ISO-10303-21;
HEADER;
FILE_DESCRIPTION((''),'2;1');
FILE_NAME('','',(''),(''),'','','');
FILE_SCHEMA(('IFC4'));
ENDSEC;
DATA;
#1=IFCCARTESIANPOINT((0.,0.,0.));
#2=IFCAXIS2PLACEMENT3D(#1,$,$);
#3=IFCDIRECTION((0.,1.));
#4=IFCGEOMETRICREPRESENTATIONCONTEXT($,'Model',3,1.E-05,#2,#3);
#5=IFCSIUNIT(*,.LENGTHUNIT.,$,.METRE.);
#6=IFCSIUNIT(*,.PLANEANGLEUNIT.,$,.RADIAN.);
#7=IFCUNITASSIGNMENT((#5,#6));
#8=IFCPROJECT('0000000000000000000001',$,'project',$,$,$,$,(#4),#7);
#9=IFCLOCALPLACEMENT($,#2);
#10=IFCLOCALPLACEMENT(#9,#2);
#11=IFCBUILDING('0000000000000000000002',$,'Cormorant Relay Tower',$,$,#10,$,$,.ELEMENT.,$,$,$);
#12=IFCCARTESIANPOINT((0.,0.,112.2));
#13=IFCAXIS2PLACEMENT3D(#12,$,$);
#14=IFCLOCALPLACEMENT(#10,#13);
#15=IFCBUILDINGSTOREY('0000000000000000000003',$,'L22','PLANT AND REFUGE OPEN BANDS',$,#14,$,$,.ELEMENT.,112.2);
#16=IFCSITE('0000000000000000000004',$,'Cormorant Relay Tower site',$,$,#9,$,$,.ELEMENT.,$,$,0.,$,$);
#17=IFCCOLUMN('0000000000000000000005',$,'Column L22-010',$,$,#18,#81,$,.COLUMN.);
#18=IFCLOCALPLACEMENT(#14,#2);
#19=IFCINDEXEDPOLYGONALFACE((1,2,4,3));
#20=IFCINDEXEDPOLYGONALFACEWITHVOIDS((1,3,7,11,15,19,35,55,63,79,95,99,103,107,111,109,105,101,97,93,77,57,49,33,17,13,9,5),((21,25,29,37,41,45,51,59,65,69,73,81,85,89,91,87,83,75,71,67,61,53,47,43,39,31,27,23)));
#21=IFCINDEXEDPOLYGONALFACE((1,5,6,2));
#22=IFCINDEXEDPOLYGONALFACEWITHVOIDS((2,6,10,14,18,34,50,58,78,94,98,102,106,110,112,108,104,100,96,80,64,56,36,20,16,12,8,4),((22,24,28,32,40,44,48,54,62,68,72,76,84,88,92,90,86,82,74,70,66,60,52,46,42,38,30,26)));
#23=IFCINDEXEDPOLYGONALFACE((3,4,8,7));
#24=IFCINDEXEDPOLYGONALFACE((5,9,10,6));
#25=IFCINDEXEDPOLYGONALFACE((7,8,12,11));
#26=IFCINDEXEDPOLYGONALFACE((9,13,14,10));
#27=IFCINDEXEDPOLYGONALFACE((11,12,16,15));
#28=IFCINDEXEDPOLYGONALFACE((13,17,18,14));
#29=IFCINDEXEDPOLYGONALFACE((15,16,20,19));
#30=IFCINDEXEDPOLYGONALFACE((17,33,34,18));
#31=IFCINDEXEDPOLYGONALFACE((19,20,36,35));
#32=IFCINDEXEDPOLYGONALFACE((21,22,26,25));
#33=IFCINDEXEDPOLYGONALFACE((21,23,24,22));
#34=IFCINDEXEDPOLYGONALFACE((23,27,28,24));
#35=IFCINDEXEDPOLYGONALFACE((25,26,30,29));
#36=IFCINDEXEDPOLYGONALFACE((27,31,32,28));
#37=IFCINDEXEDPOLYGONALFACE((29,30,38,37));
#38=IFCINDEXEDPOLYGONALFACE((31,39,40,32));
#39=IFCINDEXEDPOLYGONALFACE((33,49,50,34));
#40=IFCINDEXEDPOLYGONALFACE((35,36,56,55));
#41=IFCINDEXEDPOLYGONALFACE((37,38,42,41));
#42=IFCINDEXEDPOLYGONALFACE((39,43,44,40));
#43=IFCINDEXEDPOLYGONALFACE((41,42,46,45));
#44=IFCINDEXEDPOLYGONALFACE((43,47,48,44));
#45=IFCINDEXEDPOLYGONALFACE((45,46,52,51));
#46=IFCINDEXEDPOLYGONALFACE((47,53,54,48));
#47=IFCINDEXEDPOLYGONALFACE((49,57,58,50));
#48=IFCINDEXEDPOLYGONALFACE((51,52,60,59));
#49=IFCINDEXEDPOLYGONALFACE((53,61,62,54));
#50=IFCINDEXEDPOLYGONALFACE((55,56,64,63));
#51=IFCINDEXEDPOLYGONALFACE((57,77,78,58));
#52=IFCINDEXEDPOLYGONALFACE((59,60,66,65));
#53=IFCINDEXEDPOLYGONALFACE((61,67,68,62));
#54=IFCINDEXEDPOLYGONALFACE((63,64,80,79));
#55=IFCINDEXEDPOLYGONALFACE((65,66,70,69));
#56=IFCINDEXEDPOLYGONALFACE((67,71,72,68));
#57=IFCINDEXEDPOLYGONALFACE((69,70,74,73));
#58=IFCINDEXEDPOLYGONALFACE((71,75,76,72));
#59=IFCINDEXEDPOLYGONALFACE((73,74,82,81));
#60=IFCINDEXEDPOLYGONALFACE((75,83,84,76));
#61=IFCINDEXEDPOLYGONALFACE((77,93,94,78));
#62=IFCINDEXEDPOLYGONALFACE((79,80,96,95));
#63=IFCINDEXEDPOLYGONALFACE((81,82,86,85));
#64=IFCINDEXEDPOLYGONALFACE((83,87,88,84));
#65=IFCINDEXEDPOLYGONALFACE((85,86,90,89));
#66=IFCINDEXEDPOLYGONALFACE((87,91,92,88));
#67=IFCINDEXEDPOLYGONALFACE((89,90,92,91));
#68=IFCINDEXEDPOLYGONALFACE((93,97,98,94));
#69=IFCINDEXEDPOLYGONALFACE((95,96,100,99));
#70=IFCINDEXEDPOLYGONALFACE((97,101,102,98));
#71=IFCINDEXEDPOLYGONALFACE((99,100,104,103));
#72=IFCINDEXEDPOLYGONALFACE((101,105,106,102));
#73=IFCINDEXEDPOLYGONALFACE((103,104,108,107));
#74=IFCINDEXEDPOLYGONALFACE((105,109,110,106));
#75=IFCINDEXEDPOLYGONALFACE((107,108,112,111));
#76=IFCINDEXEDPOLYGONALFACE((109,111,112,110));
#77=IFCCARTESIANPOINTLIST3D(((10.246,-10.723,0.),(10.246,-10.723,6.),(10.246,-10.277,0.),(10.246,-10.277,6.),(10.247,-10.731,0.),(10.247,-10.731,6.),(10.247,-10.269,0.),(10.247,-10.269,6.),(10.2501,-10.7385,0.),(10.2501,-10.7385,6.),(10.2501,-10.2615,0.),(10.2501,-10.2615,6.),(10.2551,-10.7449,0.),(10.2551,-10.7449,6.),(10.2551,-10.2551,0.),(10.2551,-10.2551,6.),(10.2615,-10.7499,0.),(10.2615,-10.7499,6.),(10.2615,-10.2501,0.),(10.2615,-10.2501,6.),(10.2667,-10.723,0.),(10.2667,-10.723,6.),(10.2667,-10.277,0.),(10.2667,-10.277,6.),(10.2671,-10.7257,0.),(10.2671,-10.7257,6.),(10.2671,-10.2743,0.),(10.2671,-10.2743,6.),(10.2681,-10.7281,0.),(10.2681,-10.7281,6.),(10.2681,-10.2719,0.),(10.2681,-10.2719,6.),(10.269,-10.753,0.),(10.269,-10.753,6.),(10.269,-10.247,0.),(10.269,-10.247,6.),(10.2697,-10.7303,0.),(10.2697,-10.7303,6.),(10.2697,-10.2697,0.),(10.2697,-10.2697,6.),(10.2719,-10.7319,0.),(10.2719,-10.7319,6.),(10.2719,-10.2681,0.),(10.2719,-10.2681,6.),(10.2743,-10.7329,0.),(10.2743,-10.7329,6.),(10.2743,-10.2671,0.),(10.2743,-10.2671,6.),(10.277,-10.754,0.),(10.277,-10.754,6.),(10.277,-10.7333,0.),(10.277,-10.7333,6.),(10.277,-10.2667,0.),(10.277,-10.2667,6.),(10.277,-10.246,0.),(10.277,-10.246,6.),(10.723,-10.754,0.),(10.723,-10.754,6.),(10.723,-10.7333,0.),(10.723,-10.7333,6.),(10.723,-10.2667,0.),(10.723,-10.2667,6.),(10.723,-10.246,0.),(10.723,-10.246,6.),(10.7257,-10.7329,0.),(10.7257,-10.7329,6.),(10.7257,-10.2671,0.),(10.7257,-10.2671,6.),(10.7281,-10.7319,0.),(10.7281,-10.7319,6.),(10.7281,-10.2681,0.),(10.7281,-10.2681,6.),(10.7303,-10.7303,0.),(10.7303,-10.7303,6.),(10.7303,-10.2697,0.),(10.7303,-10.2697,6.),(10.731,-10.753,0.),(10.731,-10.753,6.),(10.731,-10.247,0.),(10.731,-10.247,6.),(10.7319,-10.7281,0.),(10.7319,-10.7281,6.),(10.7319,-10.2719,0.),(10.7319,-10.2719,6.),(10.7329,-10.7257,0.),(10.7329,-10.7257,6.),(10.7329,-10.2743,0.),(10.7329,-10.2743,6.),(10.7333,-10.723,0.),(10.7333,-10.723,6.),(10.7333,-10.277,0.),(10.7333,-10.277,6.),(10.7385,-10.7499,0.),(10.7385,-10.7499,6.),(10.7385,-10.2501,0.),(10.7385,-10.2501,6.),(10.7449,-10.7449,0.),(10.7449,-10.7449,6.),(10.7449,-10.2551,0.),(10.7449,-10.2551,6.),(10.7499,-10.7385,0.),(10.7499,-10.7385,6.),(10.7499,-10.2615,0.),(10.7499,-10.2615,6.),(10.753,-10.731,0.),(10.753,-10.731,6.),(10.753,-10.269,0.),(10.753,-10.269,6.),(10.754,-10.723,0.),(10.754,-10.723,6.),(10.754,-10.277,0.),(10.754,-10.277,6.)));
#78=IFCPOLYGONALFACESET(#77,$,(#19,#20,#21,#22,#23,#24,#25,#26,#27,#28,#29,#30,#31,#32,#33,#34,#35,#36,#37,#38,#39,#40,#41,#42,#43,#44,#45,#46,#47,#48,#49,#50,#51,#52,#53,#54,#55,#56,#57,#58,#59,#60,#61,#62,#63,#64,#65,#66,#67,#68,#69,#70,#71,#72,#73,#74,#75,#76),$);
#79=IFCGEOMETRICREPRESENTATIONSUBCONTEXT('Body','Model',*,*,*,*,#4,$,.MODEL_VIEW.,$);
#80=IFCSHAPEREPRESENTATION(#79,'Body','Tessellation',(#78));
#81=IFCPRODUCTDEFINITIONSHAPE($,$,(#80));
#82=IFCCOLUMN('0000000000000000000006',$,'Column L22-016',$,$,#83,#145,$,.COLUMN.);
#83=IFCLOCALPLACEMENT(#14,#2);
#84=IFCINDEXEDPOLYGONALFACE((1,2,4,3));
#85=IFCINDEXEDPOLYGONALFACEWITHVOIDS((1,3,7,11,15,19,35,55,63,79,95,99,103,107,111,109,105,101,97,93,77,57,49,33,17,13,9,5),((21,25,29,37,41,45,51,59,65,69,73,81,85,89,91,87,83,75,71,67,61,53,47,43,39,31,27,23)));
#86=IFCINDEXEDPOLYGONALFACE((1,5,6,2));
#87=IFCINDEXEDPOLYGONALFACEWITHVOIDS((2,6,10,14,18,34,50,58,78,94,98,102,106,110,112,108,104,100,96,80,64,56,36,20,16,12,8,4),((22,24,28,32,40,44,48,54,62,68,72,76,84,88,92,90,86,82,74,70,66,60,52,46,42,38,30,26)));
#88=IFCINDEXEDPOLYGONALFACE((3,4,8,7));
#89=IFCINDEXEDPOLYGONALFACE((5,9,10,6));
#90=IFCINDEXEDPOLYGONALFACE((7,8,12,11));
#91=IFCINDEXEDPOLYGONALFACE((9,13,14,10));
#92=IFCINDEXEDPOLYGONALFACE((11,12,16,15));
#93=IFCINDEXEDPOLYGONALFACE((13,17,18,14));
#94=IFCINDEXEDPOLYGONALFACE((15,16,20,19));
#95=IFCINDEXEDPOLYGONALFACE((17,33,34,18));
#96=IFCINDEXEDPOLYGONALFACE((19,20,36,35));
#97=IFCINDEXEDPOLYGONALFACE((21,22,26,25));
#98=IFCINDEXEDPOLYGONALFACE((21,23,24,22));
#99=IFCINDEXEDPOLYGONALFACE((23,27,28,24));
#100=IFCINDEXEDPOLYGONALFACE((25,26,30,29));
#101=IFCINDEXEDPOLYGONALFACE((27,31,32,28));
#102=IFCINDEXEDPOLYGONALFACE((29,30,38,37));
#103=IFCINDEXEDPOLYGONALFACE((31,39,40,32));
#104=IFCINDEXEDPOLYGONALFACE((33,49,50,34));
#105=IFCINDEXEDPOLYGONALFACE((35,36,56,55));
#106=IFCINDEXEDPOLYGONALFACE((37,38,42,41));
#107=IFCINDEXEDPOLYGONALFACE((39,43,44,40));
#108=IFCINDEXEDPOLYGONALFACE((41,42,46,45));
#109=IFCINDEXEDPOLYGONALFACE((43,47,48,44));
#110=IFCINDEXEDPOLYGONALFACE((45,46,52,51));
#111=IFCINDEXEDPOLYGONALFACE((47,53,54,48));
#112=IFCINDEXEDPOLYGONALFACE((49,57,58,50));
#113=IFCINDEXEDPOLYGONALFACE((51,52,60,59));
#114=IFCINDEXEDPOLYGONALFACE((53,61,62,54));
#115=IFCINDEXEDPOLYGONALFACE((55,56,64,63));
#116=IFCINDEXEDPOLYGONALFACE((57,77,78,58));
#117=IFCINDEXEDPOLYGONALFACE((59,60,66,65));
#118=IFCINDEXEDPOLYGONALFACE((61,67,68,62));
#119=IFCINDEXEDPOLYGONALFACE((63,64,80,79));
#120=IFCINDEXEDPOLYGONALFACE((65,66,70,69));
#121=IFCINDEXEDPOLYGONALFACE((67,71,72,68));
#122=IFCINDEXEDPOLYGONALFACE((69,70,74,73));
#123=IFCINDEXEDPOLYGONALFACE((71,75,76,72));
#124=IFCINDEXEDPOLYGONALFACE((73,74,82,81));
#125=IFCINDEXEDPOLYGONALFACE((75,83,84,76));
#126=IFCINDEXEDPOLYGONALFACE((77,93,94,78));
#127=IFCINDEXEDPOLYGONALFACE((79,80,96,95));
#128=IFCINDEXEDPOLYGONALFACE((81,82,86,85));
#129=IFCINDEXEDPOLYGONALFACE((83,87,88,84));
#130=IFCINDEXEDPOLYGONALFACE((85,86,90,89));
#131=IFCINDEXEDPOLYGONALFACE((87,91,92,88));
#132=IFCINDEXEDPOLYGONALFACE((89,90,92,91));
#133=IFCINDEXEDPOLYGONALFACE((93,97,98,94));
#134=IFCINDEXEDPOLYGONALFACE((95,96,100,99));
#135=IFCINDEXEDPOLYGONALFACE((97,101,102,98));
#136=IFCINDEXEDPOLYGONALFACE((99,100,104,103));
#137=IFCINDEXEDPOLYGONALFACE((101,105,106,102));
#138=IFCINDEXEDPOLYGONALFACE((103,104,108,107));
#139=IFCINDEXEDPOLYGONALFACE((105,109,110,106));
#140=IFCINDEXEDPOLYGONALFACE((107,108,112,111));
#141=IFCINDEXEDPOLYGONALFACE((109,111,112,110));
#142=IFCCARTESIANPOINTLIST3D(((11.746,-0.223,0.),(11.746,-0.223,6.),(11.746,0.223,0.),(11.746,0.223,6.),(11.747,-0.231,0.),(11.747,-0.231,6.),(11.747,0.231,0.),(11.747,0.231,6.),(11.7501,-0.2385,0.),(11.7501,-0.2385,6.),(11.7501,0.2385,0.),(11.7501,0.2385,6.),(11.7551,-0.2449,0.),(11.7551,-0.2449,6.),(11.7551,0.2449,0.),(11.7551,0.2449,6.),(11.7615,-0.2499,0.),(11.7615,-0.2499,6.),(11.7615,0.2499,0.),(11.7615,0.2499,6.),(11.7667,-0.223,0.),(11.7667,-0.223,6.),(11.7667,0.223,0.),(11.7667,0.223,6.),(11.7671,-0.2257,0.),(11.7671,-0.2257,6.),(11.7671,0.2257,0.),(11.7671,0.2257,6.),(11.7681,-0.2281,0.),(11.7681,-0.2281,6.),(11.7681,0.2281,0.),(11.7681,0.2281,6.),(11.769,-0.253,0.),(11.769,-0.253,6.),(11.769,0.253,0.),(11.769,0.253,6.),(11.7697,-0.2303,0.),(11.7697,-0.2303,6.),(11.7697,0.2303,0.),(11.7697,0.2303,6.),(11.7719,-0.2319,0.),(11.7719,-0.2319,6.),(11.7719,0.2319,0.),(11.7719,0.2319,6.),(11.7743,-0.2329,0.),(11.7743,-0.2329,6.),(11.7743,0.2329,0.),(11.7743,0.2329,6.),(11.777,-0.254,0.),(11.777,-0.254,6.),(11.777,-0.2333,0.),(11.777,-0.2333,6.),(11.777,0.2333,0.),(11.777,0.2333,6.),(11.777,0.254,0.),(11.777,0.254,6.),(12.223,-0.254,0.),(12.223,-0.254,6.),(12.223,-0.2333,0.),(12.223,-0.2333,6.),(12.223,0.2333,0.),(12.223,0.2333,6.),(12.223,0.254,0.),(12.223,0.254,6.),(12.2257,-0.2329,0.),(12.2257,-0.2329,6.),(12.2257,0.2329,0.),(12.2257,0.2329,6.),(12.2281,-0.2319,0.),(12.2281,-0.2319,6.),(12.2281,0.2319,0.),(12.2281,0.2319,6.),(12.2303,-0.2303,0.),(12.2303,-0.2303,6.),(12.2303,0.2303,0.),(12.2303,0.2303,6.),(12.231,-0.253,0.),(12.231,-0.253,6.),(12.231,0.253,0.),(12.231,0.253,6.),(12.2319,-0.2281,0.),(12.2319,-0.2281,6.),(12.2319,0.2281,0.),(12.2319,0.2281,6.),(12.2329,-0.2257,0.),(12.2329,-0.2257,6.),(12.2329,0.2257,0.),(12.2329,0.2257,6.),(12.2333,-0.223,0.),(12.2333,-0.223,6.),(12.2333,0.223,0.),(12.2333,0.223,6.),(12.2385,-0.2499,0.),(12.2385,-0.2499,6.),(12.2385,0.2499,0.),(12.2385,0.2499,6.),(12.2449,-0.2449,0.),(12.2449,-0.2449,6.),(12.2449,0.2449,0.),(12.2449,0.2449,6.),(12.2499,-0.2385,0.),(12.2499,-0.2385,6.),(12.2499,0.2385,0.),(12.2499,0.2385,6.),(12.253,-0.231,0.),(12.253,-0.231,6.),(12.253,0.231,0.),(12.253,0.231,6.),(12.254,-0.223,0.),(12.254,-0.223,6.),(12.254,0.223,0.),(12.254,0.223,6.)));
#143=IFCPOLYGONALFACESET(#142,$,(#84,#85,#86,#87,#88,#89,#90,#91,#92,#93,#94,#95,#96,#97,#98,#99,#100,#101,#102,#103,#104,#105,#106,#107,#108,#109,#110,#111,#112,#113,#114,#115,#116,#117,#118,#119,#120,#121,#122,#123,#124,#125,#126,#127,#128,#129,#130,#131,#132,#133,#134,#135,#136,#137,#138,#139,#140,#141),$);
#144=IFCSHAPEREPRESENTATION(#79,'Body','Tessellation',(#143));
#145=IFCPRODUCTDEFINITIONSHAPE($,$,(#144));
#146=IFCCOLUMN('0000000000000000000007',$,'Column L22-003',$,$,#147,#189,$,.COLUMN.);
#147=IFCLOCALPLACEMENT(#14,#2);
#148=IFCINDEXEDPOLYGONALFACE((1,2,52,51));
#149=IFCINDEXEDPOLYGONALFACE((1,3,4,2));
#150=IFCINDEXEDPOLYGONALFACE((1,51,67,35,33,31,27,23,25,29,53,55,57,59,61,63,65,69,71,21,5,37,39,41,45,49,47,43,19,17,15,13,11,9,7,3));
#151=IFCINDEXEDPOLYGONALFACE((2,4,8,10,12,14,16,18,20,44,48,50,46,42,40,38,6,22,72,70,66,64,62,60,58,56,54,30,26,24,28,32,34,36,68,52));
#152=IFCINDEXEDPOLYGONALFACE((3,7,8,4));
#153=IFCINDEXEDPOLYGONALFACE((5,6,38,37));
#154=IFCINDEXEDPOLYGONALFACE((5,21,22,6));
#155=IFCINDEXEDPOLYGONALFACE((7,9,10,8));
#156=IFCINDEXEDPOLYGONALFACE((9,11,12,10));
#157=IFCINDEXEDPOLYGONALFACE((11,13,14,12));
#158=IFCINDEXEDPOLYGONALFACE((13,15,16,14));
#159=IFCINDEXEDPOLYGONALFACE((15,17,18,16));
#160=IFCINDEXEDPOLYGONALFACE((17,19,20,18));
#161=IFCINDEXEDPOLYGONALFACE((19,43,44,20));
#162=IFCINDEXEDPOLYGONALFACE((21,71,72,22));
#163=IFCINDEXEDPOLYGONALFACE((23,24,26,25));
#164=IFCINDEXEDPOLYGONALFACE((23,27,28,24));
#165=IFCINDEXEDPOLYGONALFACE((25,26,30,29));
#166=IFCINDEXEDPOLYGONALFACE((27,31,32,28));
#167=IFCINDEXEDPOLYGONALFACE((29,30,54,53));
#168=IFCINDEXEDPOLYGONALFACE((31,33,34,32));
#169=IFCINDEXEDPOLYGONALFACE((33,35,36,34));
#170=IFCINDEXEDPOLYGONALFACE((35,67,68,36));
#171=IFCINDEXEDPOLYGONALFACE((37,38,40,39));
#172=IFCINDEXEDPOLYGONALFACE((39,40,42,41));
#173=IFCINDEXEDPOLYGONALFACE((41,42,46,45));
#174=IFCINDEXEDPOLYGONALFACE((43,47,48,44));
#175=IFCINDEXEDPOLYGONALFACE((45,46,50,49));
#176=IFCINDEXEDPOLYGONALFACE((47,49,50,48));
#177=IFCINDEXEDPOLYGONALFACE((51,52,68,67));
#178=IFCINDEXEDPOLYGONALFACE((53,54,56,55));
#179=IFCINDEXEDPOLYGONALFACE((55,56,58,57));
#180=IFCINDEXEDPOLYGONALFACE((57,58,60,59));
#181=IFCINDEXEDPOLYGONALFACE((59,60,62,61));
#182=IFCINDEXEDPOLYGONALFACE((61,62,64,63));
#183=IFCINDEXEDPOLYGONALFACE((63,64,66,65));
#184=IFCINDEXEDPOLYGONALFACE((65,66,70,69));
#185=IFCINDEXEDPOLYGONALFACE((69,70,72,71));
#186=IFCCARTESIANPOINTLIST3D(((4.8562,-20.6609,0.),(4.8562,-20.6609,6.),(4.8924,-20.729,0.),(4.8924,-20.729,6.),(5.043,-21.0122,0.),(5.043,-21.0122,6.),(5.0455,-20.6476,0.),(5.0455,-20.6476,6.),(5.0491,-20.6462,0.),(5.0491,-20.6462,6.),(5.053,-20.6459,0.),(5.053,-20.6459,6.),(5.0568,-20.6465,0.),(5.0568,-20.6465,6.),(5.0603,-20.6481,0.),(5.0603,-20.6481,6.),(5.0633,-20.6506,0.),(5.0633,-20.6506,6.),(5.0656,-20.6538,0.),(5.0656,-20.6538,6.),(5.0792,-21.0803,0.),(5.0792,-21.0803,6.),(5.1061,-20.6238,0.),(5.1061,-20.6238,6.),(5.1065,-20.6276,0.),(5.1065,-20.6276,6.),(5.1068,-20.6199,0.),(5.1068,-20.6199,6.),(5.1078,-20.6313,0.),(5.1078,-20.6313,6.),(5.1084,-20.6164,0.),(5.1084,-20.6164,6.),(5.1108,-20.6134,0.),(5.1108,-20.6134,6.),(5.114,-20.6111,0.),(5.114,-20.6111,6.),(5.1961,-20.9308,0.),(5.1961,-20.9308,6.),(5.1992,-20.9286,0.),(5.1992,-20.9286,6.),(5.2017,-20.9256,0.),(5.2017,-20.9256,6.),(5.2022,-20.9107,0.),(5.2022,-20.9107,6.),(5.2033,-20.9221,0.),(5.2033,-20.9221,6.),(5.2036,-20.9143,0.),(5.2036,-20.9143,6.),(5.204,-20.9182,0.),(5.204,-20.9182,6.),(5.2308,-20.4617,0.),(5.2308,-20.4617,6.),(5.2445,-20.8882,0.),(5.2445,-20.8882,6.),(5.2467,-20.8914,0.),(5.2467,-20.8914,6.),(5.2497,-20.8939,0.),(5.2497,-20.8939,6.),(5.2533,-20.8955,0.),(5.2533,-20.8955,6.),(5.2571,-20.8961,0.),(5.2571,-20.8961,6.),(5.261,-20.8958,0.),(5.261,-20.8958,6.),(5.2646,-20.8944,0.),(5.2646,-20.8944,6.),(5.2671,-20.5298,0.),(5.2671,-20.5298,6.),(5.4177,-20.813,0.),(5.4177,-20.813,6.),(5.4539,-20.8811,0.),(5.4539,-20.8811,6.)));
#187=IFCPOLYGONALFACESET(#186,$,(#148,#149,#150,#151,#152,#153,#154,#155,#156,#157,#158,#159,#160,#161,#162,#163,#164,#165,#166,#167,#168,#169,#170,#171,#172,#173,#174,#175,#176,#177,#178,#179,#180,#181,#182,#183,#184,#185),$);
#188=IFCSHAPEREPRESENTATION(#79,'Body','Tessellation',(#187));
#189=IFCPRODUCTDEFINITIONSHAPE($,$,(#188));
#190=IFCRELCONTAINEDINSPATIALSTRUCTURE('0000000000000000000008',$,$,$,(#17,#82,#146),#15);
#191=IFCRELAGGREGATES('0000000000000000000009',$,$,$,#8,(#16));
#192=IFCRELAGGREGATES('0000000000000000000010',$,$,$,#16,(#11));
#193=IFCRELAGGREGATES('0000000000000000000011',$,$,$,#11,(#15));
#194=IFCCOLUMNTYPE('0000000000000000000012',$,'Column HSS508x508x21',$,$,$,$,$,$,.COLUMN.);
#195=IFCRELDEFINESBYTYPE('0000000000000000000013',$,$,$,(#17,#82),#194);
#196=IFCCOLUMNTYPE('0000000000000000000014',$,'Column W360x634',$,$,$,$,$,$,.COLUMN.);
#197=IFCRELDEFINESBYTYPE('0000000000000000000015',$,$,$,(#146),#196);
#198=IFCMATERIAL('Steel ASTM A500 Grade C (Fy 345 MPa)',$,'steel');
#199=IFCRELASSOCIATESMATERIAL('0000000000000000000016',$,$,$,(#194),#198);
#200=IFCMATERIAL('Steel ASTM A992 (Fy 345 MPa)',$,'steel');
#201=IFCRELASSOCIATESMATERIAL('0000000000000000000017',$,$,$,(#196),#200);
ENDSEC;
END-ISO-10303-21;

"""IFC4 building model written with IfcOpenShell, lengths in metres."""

from ifc_helpers import new_model, si_unit, direction, frame, origin, origin_2d, place, context, subcontext, project, spatial, hollow_rectangle, i_section, extrude, material, material_profile, profile_set, type_object, element, save


model = new_model("IFC4")

# Units and contexts
model_context = context("Model", 3, precision=1e-05, world=origin(), true_north=direction((0.0, 1.0)))
body_context = subcontext(model_context, "Body", "Model", "MODEL_VIEW")
ifc_project = project(units=[si_unit("LENGTHUNIT", "METRE"), si_unit("PLANEANGLEUNIT", "RADIAN")], contexts=[model_context])

# Site, building, storey
site_placement = place(None, origin())
site = spatial("IfcSite", under=ifc_project, at=site_placement, Name="Cormorant Relay Tower site", CompositionType="ELEMENT", RefElevation=0.0)
building_placement = place(site_placement, origin())
building = spatial("IfcBuilding", under=site, at=building_placement, Name="Cormorant Relay Tower", CompositionType="ELEMENT")
storey_placement = place(building_placement, frame((0.0, 0.0, 112.2)))
storey = spatial("IfcBuildingStorey", under=building, at=storey_placement, Name="L22", Description="PLANT AND REFUGE OPEN BANDS", CompositionType="ELEMENT", Elevation=112.2)

# Columns
ifc_material_1 = material(Name="Steel ASTM A500 Grade C (Fy 345 MPa)", Category="steel")
ifc_material_profile_1 = material_profile(ifc_material_1, hollow_rectangle(XDim=0.5081, YDim=0.5081, WallThickness=0.0208, InnerFilletRadius=0.0103, OuterFilletRadius=0.031, at=origin_2d()), Name="HSS508x508x21")
ifc_profile_set_1 = profile_set([ifc_material_profile_1], Name="Steel ASTM A500 Grade C (Fy 345 MPa)")
column_type_1 = type_object("IfcColumnType", Name="Column HSS508x508x21", PredefinedType="COLUMN", material=ifc_profile_set_1)
for number, where, z_axis, x_axis, name in (
    (1, (10.5, -10.5, 0.0), (0.0, 0.0, 1.0), (1.0, 0.0, 0.0), "Column L22-010"),
    (2, (12.0, 0.0, 0.0), (0.0, 0.0, 1.0), (1.0, 0.0, 0.0), "Column L22-016"),
):
    element("IfcColumn", number, at=place(storey_placement, frame(where, z_axis=z_axis, x_axis=x_axis)), inside=storey, type_object=column_type_1, Name=name, PredefinedType="COLUMN", context=body_context, shape_type="SweptSolid", body=[
        extrude(hollow_rectangle(XDim=0.5081, YDim=0.5081, WallThickness=0.0208, InnerFilletRadius=0.0103, OuterFilletRadius=0.031, at=origin_2d()), origin(), (0.0, 0.0, 1.0), 6.0),
    ])
ifc_material_2 = material(Name="Steel ASTM A992 (Fy 345 MPa)", Category="steel")
ifc_material_profile_2 = material_profile(ifc_material_2, i_section(OverallWidth=0.4243, OverallDepth=0.4751, WebThickness=0.0479, FlangeThickness=0.0771, FilletRadius=0.0149, at=origin_2d()), Name="W360x634")
ifc_profile_set_2 = profile_set([ifc_material_profile_2], Name="Steel ASTM A992 (Fy 345 MPa)")
column_type_2 = type_object("IfcColumnType", Name="Column W360x634", PredefinedType="COLUMN", material=ifc_profile_set_2)
for number, where, z_axis, x_axis, name in (
    (3, (5.155, -20.771, 0.0), (0.0, 0.0, 1.0), (0.882948, 0.469472, 0.0), "Column L22-003"),
):
    element("IfcColumn", number, at=place(storey_placement, frame(where, z_axis=z_axis, x_axis=x_axis)), inside=storey, type_object=column_type_2, Name=name, PredefinedType="COLUMN", context=body_context, shape_type="SweptSolid", body=[
        extrude(i_section(OverallWidth=0.4243, OverallDepth=0.4751, WebThickness=0.0479, FlangeThickness=0.0771, FilletRadius=0.0149, at=origin_2d()), origin(), (0.0, 0.0, 1.0), 6.0),
    ])

save(model, "model.ifc")
